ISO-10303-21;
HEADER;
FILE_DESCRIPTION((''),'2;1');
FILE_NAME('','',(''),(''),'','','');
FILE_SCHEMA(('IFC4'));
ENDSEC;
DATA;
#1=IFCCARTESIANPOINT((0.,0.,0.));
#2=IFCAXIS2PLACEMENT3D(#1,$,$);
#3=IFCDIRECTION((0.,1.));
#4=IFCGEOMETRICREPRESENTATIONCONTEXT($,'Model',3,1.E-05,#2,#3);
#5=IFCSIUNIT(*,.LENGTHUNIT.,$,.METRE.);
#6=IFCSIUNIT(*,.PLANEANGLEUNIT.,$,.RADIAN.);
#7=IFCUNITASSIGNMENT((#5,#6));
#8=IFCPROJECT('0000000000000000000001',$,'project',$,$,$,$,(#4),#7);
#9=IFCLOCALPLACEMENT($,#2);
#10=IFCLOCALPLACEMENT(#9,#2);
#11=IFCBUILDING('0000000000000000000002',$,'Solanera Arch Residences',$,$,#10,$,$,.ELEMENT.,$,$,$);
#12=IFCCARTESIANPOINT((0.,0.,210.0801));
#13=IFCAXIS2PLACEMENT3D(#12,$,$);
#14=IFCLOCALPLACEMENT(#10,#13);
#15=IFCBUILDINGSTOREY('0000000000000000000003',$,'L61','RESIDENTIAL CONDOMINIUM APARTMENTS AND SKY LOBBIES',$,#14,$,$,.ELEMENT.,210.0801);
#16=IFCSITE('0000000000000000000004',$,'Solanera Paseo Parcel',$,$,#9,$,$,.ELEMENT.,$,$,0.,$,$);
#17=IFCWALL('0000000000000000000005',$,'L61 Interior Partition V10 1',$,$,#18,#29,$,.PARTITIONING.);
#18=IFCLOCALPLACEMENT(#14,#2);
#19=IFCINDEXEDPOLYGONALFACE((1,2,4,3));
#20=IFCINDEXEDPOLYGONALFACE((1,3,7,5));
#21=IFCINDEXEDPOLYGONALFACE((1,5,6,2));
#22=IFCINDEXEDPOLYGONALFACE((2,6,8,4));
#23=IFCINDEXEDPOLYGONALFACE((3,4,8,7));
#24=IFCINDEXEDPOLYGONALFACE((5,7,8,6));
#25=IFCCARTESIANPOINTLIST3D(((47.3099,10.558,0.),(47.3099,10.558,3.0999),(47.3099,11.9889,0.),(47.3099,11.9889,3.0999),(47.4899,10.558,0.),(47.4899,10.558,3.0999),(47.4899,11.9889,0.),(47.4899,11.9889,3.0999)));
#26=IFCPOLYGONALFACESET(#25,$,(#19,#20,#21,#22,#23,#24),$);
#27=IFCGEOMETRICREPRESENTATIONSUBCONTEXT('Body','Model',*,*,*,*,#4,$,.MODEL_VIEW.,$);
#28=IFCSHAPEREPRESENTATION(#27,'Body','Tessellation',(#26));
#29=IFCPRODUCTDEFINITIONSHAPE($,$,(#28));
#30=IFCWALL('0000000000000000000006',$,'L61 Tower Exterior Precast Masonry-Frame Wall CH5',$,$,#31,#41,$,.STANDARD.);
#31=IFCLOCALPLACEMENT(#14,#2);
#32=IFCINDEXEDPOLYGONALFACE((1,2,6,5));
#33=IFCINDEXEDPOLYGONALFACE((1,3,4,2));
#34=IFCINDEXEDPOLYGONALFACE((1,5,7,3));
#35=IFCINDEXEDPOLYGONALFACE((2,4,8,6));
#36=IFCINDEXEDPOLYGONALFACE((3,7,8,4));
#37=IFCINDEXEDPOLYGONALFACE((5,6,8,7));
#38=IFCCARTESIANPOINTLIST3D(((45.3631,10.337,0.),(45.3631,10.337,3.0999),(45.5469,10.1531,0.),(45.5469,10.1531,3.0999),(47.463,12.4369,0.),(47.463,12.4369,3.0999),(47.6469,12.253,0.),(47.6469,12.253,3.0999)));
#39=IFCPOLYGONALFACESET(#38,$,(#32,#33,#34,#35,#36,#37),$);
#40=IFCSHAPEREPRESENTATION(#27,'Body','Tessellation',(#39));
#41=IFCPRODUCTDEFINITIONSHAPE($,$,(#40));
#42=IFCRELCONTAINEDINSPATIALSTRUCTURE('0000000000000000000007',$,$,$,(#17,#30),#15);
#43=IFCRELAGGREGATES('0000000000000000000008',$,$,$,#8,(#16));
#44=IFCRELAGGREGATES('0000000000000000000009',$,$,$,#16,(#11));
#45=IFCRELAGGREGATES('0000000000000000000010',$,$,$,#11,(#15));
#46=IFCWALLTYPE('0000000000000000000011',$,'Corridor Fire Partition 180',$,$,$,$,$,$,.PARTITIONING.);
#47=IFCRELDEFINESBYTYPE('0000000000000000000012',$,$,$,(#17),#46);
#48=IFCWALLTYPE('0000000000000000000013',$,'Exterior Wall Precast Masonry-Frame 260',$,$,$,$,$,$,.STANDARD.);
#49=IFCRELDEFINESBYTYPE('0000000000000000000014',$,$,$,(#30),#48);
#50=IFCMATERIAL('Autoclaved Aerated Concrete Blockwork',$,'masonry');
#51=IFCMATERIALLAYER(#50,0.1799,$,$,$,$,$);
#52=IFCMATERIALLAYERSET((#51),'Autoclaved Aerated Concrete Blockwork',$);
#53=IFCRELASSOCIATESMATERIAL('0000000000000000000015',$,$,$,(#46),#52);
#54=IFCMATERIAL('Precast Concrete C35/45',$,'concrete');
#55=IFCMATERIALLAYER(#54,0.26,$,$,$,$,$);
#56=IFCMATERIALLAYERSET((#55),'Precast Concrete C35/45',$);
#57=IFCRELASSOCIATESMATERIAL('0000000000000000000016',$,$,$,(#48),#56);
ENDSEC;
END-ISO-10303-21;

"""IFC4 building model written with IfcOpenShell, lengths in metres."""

from ifc_helpers import new_model, si_unit, direction, frame, frame_2d, origin, place, context, subcontext, project, spatial, rectangle, extrude, material, layer, layer_set, type_object, element, save


model = new_model("IFC4")

# Units and contexts
model_context = context("Model", 3, precision=1e-05, world=origin(), true_north=direction((0.0, 1.0)))
body_context = subcontext(model_context, "Body", "Model", "MODEL_VIEW")
ifc_project = project(units=[si_unit("LENGTHUNIT", "METRE"), si_unit("PLANEANGLEUNIT", "RADIAN")], contexts=[model_context])

# Site, building, storey
site_placement = place(None, origin())
site = spatial("IfcSite", under=ifc_project, at=site_placement, Name="Solanera Paseo Parcel", CompositionType="ELEMENT", RefElevation=0.0)
building_placement = place(site_placement, origin())
building = spatial("IfcBuilding", under=site, at=building_placement, Name="Solanera Arch Residences", CompositionType="ELEMENT")
storey_placement = place(building_placement, frame((0.0, 0.0, 210.0801)))
storey = spatial("IfcBuildingStorey", under=building, at=storey_placement, Name="L61", Description="RESIDENTIAL CONDOMINIUM APARTMENTS AND SKY LOBBIES", CompositionType="ELEMENT", Elevation=210.0801)

# Walls
ifc_material_1 = material(Name="Autoclaved Aerated Concrete Blockwork", Category="masonry")
ifc_layer_1 = layer(ifc_material_1, 0.1799)
ifc_layer_set_1 = layer_set([ifc_layer_1], Name="Autoclaved Aerated Concrete Blockwork")
wall_type_1 = type_object("IfcWallType", Name="Corridor Fire Partition 180", PredefinedType="PARTITIONING", material=ifc_layer_set_1)
wall_1_placement = place(storey_placement, frame((47.3999, 10.5581, 0.0), z_axis=(0.0, 0.0, 1.0), x_axis=(0.0, 1.0, 0.0)))
element("IfcWall", 1, at=wall_1_placement, inside=storey, type_object=wall_type_1, Name="L61 Interior Partition V10 1", PredefinedType="PARTITIONING", context=body_context, shape_type="SweptSolid", body=[
    extrude(rectangle(XDim=1.4309, YDim=0.1799, at=frame_2d((0.7153, 0.0))), origin(), (0.0, 0.0, 1.0), 3.0999),
])
ifc_material_2 = material(Name="Precast Concrete C35/45", Category="concrete")
ifc_layer_2 = layer(ifc_material_2, 0.26)
ifc_layer_set_2 = layer_set([ifc_layer_2], Name="Precast Concrete C35/45")
wall_type_2 = type_object("IfcWallType", Name="Exterior Wall Precast Masonry-Frame 260", PredefinedType="STANDARD", material=ifc_layer_set_2)
wall_2_placement = place(storey_placement, frame((47.5549, 12.345, 0.0), z_axis=(0.0, 0.0, 1.0), x_axis=(-0.707107, -0.707107, 0.0)))
element("IfcWall", 2, at=wall_2_placement, inside=storey, type_object=wall_type_2, Name="L61 Tower Exterior Precast Masonry-Frame Wall CH5", PredefinedType="STANDARD", context=body_context, shape_type="SweptSolid", body=[
    extrude(rectangle(XDim=2.9697, YDim=0.26, at=frame_2d((1.4849, 0.0))), origin(), (0.0, 0.0, 1.0), 3.0999),
])

save(model, "model.ifc")
